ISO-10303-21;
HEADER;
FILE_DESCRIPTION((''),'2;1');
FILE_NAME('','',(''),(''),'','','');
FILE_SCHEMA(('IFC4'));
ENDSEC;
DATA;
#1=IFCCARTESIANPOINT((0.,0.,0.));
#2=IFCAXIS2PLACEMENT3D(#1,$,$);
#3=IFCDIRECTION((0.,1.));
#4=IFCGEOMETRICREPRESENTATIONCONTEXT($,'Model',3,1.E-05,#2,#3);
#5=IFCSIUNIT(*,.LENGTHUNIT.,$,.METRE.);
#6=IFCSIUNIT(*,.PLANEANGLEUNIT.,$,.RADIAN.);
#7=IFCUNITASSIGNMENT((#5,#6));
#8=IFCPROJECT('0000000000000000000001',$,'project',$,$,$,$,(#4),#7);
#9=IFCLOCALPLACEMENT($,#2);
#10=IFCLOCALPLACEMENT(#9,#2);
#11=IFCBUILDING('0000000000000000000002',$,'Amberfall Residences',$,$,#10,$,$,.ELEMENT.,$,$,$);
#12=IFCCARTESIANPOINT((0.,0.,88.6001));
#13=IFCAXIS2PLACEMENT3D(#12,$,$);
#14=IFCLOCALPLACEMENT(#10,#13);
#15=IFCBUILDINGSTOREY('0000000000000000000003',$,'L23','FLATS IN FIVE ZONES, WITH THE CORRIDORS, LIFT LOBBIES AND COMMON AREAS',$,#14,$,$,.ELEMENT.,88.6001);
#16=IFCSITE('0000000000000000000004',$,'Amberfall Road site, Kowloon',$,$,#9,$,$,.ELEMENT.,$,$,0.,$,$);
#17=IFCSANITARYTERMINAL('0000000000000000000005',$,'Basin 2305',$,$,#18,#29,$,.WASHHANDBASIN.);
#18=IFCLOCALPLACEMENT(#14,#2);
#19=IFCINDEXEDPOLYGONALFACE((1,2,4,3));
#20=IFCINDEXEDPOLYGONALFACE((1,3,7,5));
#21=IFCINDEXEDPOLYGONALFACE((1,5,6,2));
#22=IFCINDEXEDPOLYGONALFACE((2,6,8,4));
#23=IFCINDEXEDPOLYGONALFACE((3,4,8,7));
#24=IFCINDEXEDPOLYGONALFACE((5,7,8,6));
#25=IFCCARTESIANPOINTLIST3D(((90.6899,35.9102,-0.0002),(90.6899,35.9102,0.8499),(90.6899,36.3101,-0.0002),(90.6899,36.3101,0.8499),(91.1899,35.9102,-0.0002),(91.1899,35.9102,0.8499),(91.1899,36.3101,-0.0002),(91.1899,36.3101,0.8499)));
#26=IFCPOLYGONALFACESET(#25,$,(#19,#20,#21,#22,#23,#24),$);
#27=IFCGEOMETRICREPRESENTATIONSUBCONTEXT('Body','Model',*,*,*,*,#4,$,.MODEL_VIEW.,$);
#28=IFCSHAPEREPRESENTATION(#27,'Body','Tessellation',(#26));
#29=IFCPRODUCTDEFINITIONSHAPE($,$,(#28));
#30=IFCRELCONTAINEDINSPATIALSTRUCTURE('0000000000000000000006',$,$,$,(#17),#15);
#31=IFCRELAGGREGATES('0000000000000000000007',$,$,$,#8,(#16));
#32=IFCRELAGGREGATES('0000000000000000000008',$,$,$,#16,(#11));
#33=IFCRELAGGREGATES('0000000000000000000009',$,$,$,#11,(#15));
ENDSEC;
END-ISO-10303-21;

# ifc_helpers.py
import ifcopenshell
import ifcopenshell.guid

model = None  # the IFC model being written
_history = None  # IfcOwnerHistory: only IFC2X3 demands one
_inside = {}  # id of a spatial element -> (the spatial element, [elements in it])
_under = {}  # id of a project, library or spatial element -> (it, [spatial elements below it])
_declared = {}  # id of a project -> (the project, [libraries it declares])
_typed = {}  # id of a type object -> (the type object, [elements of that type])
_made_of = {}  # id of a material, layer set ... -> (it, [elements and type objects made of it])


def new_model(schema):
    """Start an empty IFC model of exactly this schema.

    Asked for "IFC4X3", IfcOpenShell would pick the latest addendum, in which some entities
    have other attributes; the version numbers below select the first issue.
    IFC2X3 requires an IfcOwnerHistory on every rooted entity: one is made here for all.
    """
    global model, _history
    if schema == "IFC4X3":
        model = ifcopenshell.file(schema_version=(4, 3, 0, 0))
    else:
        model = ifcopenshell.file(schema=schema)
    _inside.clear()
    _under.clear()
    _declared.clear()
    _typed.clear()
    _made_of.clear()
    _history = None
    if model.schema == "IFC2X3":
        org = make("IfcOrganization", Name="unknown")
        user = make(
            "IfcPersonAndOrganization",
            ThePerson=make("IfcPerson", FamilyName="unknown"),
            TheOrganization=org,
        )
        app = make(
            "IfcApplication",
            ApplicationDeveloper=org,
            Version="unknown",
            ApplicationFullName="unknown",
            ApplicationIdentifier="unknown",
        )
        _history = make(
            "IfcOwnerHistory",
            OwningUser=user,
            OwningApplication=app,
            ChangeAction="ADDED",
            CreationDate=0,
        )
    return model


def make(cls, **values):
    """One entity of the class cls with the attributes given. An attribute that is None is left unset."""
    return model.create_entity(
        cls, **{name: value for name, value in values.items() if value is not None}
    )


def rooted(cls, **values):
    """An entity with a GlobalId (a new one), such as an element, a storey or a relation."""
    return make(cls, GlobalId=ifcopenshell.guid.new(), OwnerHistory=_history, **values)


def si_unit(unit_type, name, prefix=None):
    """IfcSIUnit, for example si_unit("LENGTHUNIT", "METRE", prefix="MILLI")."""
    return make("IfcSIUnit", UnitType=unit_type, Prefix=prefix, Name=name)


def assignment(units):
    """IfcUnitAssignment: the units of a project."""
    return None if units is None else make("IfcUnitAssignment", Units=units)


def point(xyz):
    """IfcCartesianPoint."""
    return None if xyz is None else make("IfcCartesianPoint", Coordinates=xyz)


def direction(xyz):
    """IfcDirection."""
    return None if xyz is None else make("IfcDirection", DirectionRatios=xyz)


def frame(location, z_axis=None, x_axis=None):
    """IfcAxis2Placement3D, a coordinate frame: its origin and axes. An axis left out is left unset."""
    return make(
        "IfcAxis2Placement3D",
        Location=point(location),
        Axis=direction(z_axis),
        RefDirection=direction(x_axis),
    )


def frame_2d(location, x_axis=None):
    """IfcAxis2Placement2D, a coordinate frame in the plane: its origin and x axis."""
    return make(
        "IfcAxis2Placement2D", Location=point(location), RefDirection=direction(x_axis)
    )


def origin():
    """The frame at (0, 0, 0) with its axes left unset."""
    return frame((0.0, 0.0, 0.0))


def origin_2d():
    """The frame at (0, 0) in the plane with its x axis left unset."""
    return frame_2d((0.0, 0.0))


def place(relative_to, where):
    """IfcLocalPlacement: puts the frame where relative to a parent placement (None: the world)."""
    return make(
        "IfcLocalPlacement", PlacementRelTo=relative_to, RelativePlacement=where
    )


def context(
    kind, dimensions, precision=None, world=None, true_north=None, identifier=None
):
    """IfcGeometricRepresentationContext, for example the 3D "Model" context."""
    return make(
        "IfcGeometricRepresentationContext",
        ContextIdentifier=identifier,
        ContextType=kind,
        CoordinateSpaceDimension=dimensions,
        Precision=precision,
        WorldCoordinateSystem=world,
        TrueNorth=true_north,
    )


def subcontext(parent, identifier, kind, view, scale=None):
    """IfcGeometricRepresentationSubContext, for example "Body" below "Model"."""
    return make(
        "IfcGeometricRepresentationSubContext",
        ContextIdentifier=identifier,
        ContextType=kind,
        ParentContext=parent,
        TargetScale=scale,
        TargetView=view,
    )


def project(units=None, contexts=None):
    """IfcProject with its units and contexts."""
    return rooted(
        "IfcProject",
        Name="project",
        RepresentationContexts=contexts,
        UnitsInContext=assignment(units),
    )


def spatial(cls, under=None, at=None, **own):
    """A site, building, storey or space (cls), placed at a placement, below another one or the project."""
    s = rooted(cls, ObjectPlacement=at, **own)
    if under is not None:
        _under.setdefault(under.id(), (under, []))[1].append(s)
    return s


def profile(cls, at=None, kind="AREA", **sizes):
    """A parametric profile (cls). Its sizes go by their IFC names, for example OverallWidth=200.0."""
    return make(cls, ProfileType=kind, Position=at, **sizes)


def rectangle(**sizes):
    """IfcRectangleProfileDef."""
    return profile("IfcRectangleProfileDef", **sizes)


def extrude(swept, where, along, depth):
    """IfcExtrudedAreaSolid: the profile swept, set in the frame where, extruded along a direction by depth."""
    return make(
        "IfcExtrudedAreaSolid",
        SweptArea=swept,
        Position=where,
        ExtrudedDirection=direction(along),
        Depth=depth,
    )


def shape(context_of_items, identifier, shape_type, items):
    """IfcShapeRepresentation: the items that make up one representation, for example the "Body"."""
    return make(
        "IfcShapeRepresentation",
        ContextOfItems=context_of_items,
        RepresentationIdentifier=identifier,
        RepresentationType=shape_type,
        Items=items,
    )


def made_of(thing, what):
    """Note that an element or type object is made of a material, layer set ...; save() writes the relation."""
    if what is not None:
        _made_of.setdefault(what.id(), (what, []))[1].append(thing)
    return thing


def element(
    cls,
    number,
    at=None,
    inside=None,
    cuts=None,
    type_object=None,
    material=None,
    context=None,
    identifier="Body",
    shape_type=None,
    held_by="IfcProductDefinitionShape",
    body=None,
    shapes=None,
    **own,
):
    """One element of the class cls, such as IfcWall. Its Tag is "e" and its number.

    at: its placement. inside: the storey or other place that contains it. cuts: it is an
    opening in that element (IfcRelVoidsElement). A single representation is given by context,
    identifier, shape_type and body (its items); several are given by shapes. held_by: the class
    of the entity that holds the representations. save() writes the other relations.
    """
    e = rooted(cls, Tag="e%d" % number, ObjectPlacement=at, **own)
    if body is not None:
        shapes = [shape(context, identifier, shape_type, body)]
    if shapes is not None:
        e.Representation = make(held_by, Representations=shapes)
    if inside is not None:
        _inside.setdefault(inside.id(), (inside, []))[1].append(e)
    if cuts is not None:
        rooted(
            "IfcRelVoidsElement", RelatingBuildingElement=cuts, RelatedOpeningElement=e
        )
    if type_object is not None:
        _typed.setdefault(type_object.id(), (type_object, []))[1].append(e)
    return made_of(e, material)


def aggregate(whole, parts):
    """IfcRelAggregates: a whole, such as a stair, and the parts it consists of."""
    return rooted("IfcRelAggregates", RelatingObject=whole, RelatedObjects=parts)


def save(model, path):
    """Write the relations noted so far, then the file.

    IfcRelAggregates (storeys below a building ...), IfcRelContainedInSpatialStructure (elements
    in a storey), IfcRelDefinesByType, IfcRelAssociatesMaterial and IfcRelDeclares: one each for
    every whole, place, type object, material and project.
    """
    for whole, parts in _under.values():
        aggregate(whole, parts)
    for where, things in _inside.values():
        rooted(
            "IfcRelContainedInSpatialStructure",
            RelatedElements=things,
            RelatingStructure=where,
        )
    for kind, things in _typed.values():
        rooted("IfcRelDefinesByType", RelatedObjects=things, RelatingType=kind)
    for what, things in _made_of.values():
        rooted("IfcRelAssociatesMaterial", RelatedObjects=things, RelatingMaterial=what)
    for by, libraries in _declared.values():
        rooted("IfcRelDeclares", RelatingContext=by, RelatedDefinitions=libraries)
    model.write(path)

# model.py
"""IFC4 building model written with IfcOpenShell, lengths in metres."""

from ifc_helpers import new_model, si_unit, direction, frame, origin, origin_2d, place, context, subcontext, project, spatial, rectangle, extrude, element, save


model = new_model("IFC4")

# Units and contexts
model_context = context("Model", 3, precision=1e-05, world=origin(), true_north=direction((0.0, 1.0)))
body_context = subcontext(model_context, "Body", "Model", "MODEL_VIEW")
ifc_project = project(units=[si_unit("LENGTHUNIT", "METRE"), si_unit("PLANEANGLEUNIT", "RADIAN")], contexts=[model_context])

# Site, building, storey
site_placement = place(None, origin())
site = spatial("IfcSite", under=ifc_project, at=site_placement, Name="Amberfall Road site, Kowloon", CompositionType="ELEMENT", RefElevation=0.0)
building_placement = place(site_placement, origin())
building = spatial("IfcBuilding", under=site, at=building_placement, Name="Amberfall Residences", CompositionType="ELEMENT")
storey_placement = place(building_placement, frame((0.0, 0.0, 88.6001)))
storey = spatial("IfcBuildingStorey", under=building, at=storey_placement, Name="L23", Description="FLATS IN FIVE ZONES, WITH THE CORRIDORS, LIFT LOBBIES AND COMMON AREAS", CompositionType="ELEMENT", Elevation=88.6001)

# Sanitary terminal
sanitary_terminal_1_placement = place(storey_placement, frame((90.9399, 36.1101, -0.0002), z_axis=(0.0, 0.0, 1.0), x_axis=(1.0, 0.0, 0.0)))
element("IfcSanitaryTerminal", 1, at=sanitary_terminal_1_placement, inside=storey, Name="Basin 2305", PredefinedType="WASHHANDBASIN", context=body_context, shape_type="SweptSolid", body=[
    extrude(rectangle(XDim=0.5, YDim=0.3999, at=origin_2d()), origin(), (0.0, 0.0, 1.0), 0.8501),
])

save(model, "model.ifc")
